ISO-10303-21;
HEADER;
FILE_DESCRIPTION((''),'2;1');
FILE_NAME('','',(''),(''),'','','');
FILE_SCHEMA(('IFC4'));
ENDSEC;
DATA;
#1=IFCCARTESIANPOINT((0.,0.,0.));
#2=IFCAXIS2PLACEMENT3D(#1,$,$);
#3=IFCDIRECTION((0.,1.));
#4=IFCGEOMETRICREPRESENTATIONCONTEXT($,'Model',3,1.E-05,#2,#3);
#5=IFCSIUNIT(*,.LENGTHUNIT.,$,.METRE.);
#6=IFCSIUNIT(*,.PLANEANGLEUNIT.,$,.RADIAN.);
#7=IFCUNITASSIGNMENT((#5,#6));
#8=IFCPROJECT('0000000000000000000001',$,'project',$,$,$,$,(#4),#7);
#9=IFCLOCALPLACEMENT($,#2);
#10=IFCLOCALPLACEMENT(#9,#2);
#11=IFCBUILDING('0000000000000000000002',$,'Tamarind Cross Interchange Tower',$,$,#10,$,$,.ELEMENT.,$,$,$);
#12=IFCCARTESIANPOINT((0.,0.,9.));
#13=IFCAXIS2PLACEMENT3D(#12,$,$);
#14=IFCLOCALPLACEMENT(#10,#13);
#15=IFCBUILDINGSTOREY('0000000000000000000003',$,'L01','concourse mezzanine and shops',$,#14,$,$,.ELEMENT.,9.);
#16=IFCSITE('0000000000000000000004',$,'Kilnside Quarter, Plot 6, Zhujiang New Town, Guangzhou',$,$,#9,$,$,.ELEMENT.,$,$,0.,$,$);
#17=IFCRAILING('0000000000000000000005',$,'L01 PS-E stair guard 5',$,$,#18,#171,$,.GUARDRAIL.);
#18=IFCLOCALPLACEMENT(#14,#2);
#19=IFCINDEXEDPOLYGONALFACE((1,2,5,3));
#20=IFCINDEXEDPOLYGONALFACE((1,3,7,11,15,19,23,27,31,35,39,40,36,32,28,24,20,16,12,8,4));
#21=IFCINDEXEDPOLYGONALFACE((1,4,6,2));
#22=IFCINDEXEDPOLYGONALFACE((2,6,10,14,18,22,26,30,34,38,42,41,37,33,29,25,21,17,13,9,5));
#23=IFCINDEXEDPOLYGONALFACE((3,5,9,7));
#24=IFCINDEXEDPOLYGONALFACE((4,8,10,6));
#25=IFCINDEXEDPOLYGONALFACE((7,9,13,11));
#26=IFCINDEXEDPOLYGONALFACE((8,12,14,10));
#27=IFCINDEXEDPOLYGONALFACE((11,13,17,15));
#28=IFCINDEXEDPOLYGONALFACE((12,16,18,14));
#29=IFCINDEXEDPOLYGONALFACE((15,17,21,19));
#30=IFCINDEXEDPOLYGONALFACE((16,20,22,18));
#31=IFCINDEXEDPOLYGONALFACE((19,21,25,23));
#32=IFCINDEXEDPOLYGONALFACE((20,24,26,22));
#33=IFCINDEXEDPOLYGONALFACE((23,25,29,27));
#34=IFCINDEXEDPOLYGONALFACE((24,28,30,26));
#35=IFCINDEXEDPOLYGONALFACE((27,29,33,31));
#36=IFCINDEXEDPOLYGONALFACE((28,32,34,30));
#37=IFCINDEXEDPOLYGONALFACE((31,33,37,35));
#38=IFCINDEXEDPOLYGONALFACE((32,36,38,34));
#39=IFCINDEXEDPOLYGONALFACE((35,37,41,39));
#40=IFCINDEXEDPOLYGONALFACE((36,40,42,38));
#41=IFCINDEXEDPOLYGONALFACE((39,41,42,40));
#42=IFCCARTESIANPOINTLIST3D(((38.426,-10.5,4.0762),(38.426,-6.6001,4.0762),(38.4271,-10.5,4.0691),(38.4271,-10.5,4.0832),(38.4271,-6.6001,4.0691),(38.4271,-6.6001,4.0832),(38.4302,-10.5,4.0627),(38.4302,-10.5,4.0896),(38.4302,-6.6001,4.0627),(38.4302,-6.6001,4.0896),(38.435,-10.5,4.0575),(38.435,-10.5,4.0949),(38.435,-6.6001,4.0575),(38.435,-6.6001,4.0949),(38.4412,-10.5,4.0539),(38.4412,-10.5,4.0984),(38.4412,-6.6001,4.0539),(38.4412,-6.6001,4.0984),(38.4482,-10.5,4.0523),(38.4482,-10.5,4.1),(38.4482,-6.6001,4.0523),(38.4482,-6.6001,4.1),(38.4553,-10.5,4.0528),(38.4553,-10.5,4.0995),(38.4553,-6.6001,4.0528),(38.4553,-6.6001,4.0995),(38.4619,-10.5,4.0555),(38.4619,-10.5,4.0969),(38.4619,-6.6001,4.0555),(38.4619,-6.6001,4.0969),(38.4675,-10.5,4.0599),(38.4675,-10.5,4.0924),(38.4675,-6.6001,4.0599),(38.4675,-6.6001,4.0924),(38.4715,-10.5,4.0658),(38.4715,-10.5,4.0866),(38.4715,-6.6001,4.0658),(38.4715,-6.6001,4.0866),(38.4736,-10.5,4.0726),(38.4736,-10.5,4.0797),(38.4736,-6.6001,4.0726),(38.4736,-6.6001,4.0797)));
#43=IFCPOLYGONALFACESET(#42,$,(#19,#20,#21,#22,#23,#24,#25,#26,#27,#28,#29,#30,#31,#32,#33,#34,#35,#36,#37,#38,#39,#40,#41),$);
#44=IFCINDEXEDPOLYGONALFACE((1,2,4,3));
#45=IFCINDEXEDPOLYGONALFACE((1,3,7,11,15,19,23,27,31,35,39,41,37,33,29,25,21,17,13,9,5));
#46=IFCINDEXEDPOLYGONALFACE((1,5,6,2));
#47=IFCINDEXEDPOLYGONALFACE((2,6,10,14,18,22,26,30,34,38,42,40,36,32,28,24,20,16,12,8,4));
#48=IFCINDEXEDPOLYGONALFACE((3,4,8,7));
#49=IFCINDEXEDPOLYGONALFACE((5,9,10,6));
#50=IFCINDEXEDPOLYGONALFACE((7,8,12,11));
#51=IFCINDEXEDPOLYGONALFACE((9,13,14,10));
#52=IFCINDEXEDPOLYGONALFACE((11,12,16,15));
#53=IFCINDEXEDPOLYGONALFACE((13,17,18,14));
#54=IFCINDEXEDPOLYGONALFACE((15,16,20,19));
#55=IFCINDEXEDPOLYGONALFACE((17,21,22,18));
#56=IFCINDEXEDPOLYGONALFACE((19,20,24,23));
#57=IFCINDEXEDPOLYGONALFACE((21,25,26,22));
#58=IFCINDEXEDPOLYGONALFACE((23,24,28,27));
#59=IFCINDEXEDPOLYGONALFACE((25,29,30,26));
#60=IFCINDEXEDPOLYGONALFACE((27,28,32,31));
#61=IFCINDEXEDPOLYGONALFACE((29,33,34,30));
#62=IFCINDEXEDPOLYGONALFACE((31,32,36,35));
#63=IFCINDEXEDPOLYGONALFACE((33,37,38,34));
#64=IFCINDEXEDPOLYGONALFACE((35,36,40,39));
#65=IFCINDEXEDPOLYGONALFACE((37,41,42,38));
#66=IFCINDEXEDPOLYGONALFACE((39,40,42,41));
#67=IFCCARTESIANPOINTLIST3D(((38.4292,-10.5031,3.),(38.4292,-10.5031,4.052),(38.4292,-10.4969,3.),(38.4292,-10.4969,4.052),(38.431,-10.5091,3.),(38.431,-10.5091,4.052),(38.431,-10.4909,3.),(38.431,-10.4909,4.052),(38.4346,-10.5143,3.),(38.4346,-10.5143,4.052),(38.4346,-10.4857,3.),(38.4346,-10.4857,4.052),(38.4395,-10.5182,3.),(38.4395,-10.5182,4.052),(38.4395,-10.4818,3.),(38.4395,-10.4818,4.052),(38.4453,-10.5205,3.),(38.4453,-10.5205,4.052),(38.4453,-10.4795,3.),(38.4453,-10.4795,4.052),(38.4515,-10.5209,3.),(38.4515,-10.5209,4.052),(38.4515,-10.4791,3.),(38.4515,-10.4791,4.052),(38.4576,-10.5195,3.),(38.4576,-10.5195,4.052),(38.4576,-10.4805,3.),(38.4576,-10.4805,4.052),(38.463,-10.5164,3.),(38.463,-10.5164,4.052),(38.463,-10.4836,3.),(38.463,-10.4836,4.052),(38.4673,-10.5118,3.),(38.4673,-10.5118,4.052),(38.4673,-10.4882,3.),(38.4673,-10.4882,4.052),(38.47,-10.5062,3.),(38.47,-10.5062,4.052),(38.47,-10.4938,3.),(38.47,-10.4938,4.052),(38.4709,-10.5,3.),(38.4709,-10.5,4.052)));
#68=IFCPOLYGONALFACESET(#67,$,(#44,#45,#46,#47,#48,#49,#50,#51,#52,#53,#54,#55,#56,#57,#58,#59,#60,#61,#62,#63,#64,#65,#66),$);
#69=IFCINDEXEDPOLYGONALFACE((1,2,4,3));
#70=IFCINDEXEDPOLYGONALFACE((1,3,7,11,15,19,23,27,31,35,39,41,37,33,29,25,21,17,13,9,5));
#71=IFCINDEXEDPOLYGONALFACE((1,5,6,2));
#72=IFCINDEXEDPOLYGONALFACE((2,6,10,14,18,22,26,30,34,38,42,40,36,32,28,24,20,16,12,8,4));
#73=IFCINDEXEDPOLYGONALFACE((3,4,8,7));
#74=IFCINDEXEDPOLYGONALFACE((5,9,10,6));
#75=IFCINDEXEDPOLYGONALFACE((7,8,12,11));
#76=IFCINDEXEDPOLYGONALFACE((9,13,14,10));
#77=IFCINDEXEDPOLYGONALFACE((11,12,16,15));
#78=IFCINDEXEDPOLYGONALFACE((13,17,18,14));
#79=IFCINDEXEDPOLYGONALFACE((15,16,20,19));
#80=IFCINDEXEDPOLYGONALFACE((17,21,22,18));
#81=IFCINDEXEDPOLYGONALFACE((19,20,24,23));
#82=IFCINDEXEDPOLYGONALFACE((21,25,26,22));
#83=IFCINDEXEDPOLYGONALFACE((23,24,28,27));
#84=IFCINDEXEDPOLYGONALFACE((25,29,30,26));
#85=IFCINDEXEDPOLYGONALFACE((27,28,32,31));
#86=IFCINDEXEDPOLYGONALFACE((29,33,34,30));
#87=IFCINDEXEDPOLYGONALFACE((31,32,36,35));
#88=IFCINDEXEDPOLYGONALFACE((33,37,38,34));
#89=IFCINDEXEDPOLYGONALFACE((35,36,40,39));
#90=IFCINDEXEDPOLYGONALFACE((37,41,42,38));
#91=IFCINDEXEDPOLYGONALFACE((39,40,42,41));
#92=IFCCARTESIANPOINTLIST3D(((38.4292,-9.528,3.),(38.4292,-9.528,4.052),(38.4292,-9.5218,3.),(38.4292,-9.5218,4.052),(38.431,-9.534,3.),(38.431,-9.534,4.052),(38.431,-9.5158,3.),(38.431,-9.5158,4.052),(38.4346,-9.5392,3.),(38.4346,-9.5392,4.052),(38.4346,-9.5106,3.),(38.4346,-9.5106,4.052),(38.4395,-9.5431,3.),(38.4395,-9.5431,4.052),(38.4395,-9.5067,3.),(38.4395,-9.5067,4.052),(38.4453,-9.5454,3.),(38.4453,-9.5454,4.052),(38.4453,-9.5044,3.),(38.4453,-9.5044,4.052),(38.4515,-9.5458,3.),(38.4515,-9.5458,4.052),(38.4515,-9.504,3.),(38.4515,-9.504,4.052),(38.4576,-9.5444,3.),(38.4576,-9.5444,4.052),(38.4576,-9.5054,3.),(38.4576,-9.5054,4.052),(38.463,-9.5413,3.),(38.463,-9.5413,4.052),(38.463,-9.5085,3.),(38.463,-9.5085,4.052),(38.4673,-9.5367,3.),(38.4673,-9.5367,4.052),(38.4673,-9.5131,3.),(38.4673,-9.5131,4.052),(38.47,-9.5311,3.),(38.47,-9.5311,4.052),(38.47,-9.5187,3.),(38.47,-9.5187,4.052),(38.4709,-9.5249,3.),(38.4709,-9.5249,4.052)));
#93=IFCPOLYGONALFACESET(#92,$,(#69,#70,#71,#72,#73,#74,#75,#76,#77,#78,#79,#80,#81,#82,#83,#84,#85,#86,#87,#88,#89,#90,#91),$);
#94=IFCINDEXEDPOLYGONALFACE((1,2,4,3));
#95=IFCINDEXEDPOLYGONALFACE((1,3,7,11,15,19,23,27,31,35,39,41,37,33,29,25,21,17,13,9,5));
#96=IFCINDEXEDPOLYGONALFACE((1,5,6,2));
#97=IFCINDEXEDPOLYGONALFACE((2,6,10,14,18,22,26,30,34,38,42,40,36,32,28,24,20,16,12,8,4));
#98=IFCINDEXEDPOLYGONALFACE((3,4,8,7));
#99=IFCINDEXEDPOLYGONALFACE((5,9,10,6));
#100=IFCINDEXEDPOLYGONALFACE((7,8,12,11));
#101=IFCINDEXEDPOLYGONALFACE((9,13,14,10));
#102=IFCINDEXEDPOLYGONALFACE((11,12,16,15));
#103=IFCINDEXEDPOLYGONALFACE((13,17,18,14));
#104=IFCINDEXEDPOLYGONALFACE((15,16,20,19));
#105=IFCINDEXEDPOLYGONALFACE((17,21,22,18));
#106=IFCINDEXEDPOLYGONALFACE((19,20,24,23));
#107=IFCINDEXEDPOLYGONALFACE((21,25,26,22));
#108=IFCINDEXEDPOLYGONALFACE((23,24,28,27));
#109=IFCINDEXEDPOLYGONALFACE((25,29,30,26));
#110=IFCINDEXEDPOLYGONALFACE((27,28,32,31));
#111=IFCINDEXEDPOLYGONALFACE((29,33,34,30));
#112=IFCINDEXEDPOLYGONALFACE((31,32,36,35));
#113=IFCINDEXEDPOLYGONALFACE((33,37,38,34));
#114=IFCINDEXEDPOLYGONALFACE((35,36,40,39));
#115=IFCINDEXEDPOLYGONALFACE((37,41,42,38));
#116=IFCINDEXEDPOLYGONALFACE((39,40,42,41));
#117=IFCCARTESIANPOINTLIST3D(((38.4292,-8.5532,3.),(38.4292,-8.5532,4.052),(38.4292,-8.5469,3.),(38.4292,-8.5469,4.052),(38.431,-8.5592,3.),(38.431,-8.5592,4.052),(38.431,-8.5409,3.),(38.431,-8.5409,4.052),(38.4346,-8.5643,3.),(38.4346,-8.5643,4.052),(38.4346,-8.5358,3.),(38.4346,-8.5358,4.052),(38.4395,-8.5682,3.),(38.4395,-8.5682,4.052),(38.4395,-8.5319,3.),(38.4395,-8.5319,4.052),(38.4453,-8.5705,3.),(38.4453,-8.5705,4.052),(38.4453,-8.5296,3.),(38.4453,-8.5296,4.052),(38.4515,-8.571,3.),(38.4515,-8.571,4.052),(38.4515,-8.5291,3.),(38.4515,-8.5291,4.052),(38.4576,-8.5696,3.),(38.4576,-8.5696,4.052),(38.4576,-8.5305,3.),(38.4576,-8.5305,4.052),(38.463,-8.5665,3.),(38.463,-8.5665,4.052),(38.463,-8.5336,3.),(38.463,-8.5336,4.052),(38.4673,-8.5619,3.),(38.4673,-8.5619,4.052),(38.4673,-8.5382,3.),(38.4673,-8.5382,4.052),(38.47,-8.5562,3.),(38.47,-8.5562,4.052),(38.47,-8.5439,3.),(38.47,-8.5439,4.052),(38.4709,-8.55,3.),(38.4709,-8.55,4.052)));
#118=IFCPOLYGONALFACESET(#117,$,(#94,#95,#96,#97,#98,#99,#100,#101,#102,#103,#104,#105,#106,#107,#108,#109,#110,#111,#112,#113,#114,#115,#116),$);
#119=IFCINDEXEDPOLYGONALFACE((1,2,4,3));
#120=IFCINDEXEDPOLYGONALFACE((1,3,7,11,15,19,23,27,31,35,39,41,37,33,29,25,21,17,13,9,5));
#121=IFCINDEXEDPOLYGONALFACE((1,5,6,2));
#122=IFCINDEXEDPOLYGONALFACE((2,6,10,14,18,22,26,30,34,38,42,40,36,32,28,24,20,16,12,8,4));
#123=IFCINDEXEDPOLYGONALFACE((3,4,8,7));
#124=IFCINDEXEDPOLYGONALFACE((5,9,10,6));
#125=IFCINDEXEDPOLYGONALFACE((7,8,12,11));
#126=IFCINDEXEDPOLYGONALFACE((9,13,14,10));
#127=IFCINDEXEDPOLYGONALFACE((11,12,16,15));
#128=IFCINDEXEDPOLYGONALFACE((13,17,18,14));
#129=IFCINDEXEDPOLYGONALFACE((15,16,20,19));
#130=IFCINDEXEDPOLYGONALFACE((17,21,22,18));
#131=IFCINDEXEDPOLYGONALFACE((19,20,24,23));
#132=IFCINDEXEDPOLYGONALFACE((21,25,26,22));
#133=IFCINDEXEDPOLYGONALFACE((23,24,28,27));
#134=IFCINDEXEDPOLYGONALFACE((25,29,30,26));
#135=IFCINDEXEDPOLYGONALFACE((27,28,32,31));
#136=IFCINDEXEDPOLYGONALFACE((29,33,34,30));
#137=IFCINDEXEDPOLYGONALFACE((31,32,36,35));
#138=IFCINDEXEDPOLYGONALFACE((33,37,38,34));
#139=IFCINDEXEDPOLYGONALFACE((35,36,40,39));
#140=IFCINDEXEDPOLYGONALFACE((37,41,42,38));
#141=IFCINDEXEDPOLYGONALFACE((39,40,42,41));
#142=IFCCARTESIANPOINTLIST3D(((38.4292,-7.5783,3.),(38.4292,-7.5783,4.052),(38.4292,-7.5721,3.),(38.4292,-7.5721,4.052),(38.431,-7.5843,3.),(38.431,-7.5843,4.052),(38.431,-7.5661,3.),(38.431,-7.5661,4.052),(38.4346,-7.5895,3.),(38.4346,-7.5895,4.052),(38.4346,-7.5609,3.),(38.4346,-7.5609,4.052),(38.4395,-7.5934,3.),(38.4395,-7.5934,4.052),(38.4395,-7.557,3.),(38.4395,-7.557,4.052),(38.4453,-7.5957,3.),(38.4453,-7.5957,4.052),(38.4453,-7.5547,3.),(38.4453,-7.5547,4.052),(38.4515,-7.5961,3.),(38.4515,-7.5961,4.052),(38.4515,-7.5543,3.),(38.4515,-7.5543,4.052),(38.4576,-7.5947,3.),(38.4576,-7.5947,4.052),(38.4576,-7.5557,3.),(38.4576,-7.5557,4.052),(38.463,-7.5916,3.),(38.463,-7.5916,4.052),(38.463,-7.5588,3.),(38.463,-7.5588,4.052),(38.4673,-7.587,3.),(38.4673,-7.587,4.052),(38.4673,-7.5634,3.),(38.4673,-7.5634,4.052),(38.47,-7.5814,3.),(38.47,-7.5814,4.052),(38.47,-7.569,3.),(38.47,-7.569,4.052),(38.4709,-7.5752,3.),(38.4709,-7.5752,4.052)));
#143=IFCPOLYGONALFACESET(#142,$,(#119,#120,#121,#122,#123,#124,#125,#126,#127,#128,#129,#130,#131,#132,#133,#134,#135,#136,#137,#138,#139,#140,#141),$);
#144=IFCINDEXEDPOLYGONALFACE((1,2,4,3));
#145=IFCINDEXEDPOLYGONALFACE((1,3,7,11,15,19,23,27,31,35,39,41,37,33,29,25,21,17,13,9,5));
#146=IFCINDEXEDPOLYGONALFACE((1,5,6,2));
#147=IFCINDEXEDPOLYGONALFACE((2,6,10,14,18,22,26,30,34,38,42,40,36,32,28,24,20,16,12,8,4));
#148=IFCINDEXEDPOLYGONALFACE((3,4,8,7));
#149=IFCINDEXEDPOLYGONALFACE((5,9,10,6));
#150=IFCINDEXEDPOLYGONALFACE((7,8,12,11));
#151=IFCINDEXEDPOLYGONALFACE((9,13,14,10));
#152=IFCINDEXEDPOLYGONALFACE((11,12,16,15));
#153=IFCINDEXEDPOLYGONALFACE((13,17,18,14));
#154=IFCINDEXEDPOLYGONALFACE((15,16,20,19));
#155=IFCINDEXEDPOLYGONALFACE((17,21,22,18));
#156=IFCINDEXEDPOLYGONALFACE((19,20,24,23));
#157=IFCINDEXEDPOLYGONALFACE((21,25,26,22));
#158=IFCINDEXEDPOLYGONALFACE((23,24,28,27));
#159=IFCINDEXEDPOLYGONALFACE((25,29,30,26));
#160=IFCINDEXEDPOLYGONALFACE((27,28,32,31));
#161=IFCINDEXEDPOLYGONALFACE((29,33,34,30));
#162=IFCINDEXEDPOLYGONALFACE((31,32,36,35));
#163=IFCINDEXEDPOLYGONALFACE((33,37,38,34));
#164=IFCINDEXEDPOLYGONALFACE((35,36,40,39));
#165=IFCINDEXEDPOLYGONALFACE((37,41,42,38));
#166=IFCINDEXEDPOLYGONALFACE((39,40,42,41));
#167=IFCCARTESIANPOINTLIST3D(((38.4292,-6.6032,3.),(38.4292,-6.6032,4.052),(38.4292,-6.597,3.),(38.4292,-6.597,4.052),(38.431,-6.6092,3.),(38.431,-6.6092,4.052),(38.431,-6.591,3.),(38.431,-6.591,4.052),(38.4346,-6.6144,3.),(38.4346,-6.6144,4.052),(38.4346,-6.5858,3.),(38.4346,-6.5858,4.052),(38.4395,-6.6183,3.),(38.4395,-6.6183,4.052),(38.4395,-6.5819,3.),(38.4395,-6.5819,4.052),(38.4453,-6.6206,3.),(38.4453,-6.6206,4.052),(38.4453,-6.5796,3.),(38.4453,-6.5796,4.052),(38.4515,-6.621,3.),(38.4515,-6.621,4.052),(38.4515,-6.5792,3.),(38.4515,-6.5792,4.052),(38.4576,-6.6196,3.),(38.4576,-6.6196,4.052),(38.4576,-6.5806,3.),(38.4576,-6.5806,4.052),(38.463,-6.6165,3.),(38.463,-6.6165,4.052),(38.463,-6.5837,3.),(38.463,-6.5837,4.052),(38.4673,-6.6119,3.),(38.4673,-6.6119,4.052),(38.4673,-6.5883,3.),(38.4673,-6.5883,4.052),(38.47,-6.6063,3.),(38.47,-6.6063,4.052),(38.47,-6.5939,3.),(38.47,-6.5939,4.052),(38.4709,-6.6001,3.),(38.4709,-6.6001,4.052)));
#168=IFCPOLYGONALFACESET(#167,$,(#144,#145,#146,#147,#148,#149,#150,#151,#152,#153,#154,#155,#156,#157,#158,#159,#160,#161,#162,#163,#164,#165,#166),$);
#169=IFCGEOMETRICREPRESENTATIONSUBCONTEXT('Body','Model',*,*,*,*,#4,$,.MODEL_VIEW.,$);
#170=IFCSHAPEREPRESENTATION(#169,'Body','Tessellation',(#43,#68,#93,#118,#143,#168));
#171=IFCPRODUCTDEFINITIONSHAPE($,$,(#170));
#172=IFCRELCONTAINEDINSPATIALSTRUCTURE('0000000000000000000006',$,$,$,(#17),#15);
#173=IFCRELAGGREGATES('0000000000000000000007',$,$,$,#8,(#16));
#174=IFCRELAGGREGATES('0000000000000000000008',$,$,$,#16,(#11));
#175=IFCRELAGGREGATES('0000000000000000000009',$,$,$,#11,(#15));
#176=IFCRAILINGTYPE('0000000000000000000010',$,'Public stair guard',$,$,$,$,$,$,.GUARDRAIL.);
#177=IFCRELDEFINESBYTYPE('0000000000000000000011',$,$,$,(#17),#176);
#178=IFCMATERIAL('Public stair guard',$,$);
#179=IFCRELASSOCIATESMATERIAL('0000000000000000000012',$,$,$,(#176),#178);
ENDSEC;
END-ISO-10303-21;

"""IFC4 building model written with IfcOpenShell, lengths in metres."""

from ifc_helpers import new_model, si_unit, direction, frame, origin, origin_2d, place, context, subcontext, project, spatial, circle, extrude, material, type_object, element, save


model = new_model("IFC4")

# Units and contexts
model_context = context("Model", 3, precision=1e-05, world=origin(), true_north=direction((0.0, 1.0)))
body_context = subcontext(model_context, "Body", "Model", "MODEL_VIEW")
ifc_project = project(units=[si_unit("LENGTHUNIT", "METRE"), si_unit("PLANEANGLEUNIT", "RADIAN")], contexts=[model_context])

# Site, building, storey
site_placement = place(None, origin())
site = spatial("IfcSite", under=ifc_project, at=site_placement, Name="Kilnside Quarter, Plot 6, Zhujiang New Town, Guangzhou", CompositionType="ELEMENT", RefElevation=0.0)
building_placement = place(site_placement, origin())
building = spatial("IfcBuilding", under=site, at=building_placement, Name="Tamarind Cross Interchange Tower", CompositionType="ELEMENT")
storey_placement = place(building_placement, frame((0.0, 0.0, 9.0)))
storey = spatial("IfcBuildingStorey", under=building, at=storey_placement, Name="L01", Description="concourse mezzanine and shops", CompositionType="ELEMENT", Elevation=9.0)

# Railing
ifc_material_1 = material(Name="Public stair guard")
railing_type_1 = type_object("IfcRailingType", Name="Public stair guard", PredefinedType="GUARDRAIL", material=ifc_material_1)
railing_1_placement = place(storey_placement, frame((38.45, -10.5, 3.0)))
element("IfcRailing", 1, at=railing_1_placement, inside=storey, type_object=railing_type_1, Name="L01 PS-E stair guard 5", PredefinedType="GUARDRAIL", context=body_context, shape_type="SweptSolid", body=[
    extrude(circle(Radius=0.0239, at=origin_2d()), frame((0.0, 0.0, 1.0762), z_axis=(0.0, 1.0, 0.0), x_axis=(-1.0, 0.0, 0.0)), (0.0, 0.0, 1.0), 3.8999),
    extrude(circle(Radius=0.021, at=origin_2d()), origin(), (0.0, 0.0, 1.0), 1.052),
    extrude(circle(Radius=0.021, at=origin_2d()), frame((0.0, 0.9751, 0.0)), (0.0, 0.0, 1.0), 1.052),
    extrude(circle(Radius=0.021, at=origin_2d()), frame((0.0, 1.95, 0.0)), (0.0, 0.0, 1.0), 1.052),
    extrude(circle(Radius=0.021, at=origin_2d()), frame((0.0, 2.9248, 0.0)), (0.0, 0.0, 1.0), 1.052),
    extrude(circle(Radius=0.021, at=origin_2d()), frame((0.0, 3.8999, 0.0)), (0.0, 0.0, 1.0), 1.052),
])

save(model, "model.ifc")
